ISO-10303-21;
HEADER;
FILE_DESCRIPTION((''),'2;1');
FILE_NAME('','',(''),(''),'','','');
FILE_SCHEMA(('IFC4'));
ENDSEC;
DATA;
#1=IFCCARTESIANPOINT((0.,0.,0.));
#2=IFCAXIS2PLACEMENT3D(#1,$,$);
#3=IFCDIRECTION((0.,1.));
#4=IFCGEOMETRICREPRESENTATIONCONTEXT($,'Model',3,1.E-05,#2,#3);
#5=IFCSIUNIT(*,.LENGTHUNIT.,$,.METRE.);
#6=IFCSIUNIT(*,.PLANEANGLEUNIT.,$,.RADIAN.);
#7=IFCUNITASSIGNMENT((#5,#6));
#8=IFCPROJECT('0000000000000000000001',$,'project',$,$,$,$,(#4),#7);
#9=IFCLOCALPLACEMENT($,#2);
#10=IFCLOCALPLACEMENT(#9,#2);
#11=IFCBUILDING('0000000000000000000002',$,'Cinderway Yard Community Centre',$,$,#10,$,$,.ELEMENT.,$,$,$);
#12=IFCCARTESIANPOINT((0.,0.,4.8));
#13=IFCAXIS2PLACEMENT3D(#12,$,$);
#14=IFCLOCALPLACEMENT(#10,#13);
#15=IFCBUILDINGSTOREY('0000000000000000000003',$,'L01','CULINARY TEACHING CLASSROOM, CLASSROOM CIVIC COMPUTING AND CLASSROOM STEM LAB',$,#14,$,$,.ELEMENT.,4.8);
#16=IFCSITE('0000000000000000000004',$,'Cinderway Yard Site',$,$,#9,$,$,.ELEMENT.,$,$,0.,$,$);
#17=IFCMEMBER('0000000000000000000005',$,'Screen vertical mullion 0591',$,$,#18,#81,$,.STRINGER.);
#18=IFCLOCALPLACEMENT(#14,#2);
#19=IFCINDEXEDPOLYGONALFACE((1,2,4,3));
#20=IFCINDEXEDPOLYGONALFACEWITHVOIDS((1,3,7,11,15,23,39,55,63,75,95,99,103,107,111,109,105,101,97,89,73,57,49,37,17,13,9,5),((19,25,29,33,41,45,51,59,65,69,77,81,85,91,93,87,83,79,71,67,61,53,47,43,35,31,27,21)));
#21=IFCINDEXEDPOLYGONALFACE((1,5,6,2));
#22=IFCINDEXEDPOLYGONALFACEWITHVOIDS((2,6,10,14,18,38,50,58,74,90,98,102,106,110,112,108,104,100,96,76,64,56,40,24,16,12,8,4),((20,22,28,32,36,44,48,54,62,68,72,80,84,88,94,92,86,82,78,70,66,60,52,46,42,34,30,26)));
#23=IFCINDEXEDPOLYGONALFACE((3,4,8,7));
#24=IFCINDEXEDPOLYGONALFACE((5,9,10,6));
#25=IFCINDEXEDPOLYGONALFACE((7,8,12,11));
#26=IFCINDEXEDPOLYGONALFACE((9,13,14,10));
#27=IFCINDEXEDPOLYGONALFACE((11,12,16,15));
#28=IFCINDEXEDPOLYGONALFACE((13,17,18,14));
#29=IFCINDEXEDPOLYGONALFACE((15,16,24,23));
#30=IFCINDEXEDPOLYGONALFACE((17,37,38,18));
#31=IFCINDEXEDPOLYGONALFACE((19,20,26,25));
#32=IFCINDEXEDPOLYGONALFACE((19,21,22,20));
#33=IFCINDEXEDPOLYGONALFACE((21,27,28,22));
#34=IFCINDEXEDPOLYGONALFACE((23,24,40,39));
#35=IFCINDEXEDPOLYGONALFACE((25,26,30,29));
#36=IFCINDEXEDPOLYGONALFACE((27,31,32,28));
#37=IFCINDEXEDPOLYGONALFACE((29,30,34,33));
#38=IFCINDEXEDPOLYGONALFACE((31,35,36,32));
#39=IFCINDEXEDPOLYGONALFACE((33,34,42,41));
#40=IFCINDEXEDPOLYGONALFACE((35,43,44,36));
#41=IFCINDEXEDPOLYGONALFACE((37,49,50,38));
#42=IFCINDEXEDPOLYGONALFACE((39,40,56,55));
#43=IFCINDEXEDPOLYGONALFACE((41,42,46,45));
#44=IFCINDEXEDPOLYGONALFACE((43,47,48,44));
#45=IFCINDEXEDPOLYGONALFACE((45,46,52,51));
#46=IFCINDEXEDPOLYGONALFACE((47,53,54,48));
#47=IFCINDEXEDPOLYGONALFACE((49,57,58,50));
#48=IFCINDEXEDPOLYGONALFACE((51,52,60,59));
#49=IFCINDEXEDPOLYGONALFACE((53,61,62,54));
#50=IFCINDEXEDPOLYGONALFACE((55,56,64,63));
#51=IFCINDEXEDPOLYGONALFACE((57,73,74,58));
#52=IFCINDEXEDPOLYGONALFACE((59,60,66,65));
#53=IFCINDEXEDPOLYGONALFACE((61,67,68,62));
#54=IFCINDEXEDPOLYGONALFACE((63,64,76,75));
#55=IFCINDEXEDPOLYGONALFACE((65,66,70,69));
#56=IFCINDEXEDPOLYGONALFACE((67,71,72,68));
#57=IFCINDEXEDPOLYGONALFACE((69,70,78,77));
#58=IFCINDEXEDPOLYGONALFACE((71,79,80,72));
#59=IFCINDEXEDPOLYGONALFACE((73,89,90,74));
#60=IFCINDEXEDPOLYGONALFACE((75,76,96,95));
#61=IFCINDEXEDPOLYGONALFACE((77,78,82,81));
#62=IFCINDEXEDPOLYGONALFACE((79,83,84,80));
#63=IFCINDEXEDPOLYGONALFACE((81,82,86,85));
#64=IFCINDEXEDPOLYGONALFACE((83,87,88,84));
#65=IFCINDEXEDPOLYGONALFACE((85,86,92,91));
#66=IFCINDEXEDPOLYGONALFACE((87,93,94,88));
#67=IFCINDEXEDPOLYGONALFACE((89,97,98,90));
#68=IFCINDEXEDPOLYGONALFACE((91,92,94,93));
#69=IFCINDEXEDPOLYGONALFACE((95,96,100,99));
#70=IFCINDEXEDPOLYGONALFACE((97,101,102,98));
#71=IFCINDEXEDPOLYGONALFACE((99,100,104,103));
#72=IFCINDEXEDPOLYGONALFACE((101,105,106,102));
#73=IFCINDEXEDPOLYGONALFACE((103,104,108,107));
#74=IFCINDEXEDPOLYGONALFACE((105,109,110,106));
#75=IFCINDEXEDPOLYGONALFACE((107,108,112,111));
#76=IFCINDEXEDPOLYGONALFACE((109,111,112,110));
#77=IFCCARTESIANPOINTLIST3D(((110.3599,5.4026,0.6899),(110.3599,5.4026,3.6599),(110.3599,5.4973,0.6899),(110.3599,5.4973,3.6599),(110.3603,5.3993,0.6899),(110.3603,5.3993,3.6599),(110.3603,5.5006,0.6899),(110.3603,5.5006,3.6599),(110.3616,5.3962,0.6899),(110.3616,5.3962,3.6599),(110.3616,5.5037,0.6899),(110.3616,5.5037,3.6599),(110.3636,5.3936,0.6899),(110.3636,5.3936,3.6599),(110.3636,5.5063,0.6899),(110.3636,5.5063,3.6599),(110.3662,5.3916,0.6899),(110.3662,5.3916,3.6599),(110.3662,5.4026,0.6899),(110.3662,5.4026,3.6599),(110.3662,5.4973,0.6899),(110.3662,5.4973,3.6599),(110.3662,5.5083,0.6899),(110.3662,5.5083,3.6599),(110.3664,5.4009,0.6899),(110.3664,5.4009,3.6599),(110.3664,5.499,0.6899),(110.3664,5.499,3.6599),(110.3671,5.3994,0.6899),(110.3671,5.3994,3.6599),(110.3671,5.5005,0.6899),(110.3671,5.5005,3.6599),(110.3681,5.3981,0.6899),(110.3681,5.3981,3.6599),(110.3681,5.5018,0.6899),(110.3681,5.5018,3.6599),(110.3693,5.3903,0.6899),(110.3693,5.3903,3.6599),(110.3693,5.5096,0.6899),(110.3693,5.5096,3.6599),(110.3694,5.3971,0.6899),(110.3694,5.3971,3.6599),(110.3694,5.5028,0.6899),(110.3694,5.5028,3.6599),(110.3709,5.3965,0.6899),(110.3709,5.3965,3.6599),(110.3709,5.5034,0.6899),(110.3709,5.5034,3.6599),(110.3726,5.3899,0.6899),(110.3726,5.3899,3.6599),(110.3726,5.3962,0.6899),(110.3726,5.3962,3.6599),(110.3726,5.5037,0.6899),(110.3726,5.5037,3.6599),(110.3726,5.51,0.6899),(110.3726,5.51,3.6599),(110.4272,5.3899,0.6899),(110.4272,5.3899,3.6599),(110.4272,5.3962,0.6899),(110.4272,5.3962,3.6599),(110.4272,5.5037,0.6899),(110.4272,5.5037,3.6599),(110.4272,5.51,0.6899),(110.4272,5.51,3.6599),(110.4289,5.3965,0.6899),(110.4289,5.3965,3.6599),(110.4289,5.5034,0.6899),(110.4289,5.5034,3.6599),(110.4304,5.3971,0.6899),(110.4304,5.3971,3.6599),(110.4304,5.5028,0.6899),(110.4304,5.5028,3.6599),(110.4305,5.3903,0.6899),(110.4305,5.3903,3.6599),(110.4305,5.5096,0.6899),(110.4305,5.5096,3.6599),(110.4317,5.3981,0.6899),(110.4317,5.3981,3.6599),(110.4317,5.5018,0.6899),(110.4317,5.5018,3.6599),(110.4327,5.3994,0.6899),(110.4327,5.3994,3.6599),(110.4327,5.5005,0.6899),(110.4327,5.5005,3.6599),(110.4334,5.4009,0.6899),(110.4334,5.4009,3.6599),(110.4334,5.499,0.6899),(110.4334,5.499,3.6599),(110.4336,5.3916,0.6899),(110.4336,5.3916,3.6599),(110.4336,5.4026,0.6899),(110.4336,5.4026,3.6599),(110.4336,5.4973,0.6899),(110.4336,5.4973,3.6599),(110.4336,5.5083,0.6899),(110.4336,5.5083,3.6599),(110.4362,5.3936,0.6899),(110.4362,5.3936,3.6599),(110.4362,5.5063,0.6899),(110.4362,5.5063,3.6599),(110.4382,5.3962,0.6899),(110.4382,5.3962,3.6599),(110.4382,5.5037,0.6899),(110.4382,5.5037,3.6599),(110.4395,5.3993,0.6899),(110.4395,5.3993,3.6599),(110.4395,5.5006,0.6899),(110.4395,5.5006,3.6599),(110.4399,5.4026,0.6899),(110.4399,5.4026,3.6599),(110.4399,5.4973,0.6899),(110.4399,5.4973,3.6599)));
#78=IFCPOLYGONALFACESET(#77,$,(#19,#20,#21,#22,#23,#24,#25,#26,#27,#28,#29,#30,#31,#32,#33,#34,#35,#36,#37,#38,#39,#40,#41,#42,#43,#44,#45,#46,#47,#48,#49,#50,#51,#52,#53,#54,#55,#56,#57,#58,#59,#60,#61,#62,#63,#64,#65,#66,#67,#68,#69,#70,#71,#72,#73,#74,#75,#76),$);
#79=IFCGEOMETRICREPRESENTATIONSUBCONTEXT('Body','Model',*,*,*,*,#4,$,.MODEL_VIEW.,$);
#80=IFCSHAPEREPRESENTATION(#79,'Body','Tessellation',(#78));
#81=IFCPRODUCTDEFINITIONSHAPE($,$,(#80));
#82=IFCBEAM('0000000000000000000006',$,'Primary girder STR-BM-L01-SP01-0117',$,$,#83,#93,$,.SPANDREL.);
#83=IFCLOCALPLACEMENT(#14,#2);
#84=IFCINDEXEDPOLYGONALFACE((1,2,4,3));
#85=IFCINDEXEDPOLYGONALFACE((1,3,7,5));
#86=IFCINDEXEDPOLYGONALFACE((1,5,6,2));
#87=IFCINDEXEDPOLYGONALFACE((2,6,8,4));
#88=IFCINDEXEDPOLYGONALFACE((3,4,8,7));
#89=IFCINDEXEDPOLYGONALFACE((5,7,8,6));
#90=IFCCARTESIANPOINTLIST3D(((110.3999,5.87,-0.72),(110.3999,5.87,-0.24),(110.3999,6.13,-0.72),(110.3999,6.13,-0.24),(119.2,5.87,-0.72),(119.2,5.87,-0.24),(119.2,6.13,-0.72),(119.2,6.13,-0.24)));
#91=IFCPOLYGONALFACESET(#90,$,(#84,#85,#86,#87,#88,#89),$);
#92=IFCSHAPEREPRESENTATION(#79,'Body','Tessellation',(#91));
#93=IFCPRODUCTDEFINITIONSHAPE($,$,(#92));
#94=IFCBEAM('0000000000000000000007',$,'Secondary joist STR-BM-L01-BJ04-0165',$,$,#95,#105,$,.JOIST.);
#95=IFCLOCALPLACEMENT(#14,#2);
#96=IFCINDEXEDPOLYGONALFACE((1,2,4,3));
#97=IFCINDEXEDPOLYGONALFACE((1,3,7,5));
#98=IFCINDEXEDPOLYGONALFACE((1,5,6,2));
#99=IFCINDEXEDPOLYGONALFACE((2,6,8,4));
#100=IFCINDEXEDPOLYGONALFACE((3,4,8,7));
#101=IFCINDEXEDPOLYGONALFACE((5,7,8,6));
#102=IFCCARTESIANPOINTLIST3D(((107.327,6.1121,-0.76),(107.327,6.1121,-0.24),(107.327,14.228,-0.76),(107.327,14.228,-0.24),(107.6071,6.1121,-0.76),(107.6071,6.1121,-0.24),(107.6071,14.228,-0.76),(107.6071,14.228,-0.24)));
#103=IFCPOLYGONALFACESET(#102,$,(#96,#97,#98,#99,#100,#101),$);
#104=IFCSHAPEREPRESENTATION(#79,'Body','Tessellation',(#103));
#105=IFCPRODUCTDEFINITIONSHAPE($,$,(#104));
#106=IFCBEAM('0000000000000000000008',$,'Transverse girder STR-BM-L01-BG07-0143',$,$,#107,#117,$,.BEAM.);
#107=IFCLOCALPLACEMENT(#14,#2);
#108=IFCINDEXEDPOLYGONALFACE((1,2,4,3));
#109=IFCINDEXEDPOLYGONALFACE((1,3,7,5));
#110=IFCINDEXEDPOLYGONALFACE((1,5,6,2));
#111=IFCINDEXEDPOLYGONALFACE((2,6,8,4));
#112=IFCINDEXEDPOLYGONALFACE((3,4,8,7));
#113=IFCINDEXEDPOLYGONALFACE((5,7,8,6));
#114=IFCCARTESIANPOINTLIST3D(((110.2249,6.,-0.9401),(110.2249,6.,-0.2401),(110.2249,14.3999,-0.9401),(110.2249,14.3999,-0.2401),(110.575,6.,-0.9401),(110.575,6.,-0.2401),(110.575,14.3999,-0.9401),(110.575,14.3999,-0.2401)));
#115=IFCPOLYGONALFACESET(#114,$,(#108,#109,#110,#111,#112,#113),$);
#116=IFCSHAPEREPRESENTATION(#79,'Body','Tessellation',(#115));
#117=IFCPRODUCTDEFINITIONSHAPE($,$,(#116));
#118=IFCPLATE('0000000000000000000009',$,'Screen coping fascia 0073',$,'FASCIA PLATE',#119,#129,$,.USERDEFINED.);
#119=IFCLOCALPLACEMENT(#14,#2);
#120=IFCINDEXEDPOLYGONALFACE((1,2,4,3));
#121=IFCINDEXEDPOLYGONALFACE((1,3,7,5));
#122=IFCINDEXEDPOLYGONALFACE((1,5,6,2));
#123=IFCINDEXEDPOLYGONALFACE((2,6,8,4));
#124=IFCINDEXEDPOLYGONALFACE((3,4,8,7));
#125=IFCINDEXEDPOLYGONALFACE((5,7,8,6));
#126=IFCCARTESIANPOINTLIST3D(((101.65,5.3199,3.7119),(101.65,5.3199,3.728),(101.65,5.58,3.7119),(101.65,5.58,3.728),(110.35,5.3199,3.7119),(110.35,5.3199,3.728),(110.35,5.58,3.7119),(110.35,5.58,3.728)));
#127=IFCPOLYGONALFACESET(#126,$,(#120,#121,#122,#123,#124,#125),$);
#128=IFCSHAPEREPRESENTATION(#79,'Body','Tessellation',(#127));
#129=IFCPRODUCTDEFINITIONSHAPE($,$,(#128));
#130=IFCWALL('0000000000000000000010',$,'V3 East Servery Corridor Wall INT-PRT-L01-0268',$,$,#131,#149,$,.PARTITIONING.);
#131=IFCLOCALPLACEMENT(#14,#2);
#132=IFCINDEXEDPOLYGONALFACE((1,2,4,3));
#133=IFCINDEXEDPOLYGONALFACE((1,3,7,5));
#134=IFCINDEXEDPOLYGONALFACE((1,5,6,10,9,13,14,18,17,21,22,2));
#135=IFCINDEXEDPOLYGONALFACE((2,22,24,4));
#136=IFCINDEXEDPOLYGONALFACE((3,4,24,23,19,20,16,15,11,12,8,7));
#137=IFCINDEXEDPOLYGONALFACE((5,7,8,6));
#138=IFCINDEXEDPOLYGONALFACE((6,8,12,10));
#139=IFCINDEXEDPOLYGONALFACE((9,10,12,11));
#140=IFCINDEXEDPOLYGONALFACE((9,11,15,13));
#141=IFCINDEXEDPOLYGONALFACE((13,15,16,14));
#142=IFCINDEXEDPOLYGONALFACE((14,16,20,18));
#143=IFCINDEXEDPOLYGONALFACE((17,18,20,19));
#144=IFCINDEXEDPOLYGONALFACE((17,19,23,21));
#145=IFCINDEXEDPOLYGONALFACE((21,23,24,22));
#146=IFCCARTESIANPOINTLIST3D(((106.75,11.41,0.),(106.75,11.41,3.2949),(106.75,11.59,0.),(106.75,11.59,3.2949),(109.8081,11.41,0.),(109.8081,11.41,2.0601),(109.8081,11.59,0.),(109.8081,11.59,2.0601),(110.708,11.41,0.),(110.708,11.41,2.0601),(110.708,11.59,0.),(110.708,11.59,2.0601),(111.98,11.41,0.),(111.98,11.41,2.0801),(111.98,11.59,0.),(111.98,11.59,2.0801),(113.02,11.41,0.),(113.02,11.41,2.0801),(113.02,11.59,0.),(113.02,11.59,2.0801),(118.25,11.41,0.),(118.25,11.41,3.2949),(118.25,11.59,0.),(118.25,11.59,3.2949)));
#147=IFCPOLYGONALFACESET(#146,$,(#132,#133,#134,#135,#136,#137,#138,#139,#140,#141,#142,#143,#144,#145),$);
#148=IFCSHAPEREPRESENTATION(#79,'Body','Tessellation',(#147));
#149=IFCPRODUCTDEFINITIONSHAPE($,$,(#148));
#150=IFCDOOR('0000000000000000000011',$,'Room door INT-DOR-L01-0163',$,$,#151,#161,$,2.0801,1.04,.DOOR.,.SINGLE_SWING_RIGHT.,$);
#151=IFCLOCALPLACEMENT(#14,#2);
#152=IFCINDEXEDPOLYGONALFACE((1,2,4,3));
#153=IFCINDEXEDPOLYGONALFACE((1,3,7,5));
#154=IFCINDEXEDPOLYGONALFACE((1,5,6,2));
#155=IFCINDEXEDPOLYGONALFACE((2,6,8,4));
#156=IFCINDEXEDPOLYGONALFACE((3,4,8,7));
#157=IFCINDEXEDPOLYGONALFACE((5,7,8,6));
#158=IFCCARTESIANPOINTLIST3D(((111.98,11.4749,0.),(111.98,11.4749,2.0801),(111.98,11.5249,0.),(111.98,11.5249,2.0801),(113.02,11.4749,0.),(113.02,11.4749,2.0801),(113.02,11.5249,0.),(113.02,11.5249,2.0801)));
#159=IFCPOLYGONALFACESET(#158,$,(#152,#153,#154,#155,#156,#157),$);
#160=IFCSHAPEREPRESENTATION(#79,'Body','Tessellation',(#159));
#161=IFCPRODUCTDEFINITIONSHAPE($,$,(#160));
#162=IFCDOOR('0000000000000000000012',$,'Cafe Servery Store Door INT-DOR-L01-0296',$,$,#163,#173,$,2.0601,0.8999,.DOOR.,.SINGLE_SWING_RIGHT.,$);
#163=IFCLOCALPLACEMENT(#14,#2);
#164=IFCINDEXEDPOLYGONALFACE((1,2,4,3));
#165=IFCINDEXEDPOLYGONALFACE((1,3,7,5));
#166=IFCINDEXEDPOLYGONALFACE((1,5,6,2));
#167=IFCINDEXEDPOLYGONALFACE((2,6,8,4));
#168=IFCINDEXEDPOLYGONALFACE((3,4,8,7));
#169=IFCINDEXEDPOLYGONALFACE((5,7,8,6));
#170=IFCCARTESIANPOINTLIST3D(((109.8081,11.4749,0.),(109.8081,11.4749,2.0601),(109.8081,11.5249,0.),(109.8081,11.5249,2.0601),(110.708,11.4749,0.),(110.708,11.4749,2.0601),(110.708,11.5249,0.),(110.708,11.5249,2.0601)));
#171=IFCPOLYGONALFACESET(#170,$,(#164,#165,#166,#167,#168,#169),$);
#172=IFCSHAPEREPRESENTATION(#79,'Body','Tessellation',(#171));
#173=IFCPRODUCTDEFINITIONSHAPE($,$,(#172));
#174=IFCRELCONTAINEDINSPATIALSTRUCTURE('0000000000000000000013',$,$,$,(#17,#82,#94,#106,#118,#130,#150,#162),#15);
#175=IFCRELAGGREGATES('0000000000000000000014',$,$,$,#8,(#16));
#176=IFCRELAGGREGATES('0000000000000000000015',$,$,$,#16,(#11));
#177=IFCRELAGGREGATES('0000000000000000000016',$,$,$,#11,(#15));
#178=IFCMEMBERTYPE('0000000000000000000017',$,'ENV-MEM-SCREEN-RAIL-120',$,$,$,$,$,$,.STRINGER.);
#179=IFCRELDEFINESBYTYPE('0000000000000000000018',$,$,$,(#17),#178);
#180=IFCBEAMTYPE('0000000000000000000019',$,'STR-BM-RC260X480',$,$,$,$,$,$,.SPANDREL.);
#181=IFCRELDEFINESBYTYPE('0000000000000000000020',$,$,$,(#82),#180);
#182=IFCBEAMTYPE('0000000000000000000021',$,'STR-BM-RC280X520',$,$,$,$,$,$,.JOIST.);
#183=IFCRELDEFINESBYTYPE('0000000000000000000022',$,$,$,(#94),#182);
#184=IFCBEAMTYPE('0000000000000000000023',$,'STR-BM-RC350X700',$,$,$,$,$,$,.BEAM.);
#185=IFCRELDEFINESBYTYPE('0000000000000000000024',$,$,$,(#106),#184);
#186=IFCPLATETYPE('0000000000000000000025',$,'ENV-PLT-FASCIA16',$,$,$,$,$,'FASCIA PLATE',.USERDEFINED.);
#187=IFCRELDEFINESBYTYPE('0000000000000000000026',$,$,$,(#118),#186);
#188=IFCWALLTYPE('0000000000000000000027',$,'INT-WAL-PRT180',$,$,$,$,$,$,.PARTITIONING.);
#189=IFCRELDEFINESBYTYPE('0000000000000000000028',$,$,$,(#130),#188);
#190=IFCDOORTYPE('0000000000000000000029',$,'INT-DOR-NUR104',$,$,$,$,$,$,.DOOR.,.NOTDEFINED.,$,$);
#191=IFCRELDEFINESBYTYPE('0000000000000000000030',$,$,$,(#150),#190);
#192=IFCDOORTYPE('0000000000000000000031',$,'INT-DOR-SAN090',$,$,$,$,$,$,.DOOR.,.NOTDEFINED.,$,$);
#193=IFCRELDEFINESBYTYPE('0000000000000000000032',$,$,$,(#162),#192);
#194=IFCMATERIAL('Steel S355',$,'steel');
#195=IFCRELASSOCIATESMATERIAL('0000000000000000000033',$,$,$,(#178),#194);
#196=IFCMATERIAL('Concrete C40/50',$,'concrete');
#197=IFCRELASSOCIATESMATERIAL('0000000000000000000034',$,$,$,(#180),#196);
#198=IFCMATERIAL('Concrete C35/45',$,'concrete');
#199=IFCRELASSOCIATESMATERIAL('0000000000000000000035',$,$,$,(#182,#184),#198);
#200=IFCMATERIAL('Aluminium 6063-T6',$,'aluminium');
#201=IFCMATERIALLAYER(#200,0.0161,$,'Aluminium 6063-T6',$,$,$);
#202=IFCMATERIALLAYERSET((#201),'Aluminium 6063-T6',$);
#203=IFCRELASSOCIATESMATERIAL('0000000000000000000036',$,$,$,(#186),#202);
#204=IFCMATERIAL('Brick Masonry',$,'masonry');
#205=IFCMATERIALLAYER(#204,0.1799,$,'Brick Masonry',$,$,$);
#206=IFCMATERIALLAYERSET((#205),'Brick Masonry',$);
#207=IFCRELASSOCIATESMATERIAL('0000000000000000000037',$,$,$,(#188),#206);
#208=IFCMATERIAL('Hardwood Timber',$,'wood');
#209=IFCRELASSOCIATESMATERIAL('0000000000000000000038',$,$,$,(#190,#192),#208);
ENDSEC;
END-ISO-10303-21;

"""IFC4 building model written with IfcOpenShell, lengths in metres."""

from ifc_helpers import new_model, si_unit, direction, frame, frame_2d, origin, origin_2d, place, context, subcontext, project, spatial, rectangle, hollow_rectangle, extrude, material, layer, layer_set, material_profile, profile_set, type_object, element, fill, save


model = new_model("IFC4")

# Units and contexts
model_context = context("Model", 3, precision=1e-05, world=origin(), true_north=direction((0.0, 1.0)))
body_context = subcontext(model_context, "Body", "Model", "MODEL_VIEW")
ifc_project = project(units=[si_unit("LENGTHUNIT", "METRE"), si_unit("PLANEANGLEUNIT", "RADIAN")], contexts=[model_context])

# Site, building, storey
site_placement = place(None, origin())
site = spatial("IfcSite", under=ifc_project, at=site_placement, Name="Cinderway Yard Site", CompositionType="ELEMENT", RefElevation=0.0)
building_placement = place(site_placement, origin())
building = spatial("IfcBuilding", under=site, at=building_placement, Name="Cinderway Yard Community Centre", CompositionType="ELEMENT")
storey_placement = place(building_placement, frame((0.0, 0.0, 4.8)))
storey = spatial("IfcBuildingStorey", under=building, at=storey_placement, Name="L01", Description="CULINARY TEACHING CLASSROOM, CLASSROOM CIVIC COMPUTING AND CLASSROOM STEM LAB", CompositionType="ELEMENT", Elevation=4.8)

# Shared definitions
ifc_material_1 = material(Name="Concrete C40/50", Category="concrete")

# Member
ifc_material_2 = material(Name="Steel S355", Category="steel")
ifc_material_profile_1 = material_profile(ifc_material_2, hollow_rectangle(XDim=0.0801, YDim=0.1201, WallThickness=0.0063, InnerFilletRadius=0.0063, OuterFilletRadius=0.0127, at=origin_2d()), Name="Steel S355")
ifc_profile_set_1 = profile_set([ifc_material_profile_1], Name="Steel S355")
member_type = type_object("IfcMemberType", Name="ENV-MEM-SCREEN-RAIL-120", PredefinedType="STRINGER", material=ifc_profile_set_1)
for number, where, z_axis, x_axis, name in (
    (1, (110.3999, 5.45, 0.6899), (0.0, 0.0, 1.0), (1.0, 0.0, 0.0), "Screen vertical mullion 0591"),
):
    element("IfcMember", number, at=place(storey_placement, frame(where, z_axis=z_axis, x_axis=x_axis)), inside=storey, type_object=member_type, Name=name, PredefinedType="STRINGER", context=body_context, shape_type="SweptSolid", body=[
        extrude(hollow_rectangle(XDim=0.0801, YDim=0.1201, WallThickness=0.0063, InnerFilletRadius=0.0063, OuterFilletRadius=0.0127, at=origin_2d()), origin(), (0.0, 0.0, 1.0), 2.97),
    ])

# Beams
ifc_material_profile_2 = material_profile(ifc_material_1, rectangle(XDim=0.26, YDim=0.48, at=origin_2d()), Name="Concrete C40/50")
ifc_profile_set_2 = profile_set([ifc_material_profile_2], Name="Concrete C40/50")
beam_type_1 = type_object("IfcBeamType", Name="STR-BM-RC260X480", PredefinedType="SPANDREL", material=ifc_profile_set_2)
beam_1_placement = place(storey_placement, frame((110.3999, 6.0, -0.48), z_axis=(1.0, 0.0, 0.0), x_axis=(0.0, 1.0, 0.0)))
element("IfcBeam", 2, at=beam_1_placement, inside=storey, type_object=beam_type_1, Name="Primary girder STR-BM-L01-SP01-0117", PredefinedType="SPANDREL", context=body_context, shape_type="SweptSolid", body=[
    extrude(rectangle(XDim=0.26, YDim=0.48, at=origin_2d()), origin(), (0.0, 0.0, 1.0), 8.8),
])
ifc_material_3 = material(Name="Concrete C35/45", Category="concrete")
ifc_material_profile_3 = material_profile(ifc_material_3, rectangle(XDim=0.28, YDim=0.52, at=origin_2d()), Name="Concrete C35/45")
ifc_profile_set_3 = profile_set([ifc_material_profile_3], Name="Concrete C35/45")
beam_type_2 = type_object("IfcBeamType", Name="STR-BM-RC280X520", PredefinedType="JOIST", material=ifc_profile_set_3)
beam_2_placement = place(storey_placement, frame((107.467, 6.1121, -0.5), z_axis=(0.0, 1.0, 0.0), x_axis=(-1.0, 0.0, 0.0)))
element("IfcBeam", 3, at=beam_2_placement, inside=storey, type_object=beam_type_2, Name="Secondary joist STR-BM-L01-BJ04-0165", PredefinedType="JOIST", context=body_context, shape_type="SweptSolid", body=[
    extrude(rectangle(XDim=0.28, YDim=0.52, at=origin_2d()), origin(), (0.0, 0.0, 1.0), 8.116),
])
ifc_material_profile_4 = material_profile(ifc_material_3, rectangle(XDim=0.3501, YDim=0.7, at=origin_2d()), Name="Concrete C35/45")
ifc_profile_set_4 = profile_set([ifc_material_profile_4], Name="Concrete C35/45")
beam_type_3 = type_object("IfcBeamType", Name="STR-BM-RC350X700", PredefinedType="BEAM", material=ifc_profile_set_4)
beam_3_placement = place(storey_placement, frame((110.3999, 6.0, -0.5901), z_axis=(0.0, 1.0, 0.0), x_axis=(-1.0, 0.0, 0.0)))
element("IfcBeam", 4, at=beam_3_placement, inside=storey, type_object=beam_type_3, Name="Transverse girder STR-BM-L01-BG07-0143", PredefinedType="BEAM", context=body_context, shape_type="SweptSolid", body=[
    extrude(rectangle(XDim=0.3501, YDim=0.7, at=origin_2d()), origin(), (0.0, 0.0, 1.0), 8.3999),
])

# Plate
ifc_material_4 = material(Name="Aluminium 6063-T6", Category="aluminium")
ifc_layer_1 = layer(ifc_material_4, 0.0161, Name="Aluminium 6063-T6")
ifc_layer_set_1 = layer_set([ifc_layer_1], Name="Aluminium 6063-T6")
plate_type = type_object("IfcPlateType", Name="ENV-PLT-FASCIA16", ElementType="FASCIA PLATE", PredefinedType="USERDEFINED", material=ifc_layer_set_1)
plate_placement = place(storey_placement, frame((106.0, 5.45, 3.7119), z_axis=(0.0, 0.0, 1.0), x_axis=(-1.0, 0.0, 0.0)))
element("IfcPlate", 5, at=plate_placement, inside=storey, type_object=plate_type, Name="Screen coping fascia 0073", ObjectType="FASCIA PLATE", PredefinedType="USERDEFINED", context=body_context, shape_type="SweptSolid", body=[
    extrude(rectangle(XDim=8.7, YDim=0.26, at=origin_2d()), origin(), (0.0, 0.0, 1.0), 0.0161),
])

# Wall, openings, doors
ifc_material_5 = material(Name="Brick Masonry", Category="masonry")
ifc_layer_2 = layer(ifc_material_5, 0.1799, Name="Brick Masonry")
ifc_layer_set_2 = layer_set([ifc_layer_2], Name="Brick Masonry")
wall_type = type_object("IfcWallType", Name="INT-WAL-PRT180", PredefinedType="PARTITIONING", material=ifc_layer_set_2)
wall_placement = place(storey_placement, frame((106.75, 11.5, 0.0), z_axis=(0.0, 0.0, 1.0), x_axis=(1.0, 0.0, 0.0)))
wall = element("IfcWall", 6, at=wall_placement, inside=storey, type_object=wall_type, Name="V3 East Servery Corridor Wall INT-PRT-L01-0268", PredefinedType="PARTITIONING", context=body_context, shape_type="SweptSolid", body=[
    extrude(rectangle(XDim=11.5, YDim=0.1799, at=frame_2d((5.75, 0.0))), origin(), (0.0, 0.0, 1.0), 3.2949),
])
opening_1_placement = place(wall_placement, frame((5.23, 0.0, 0.0)))
opening_1 = element("IfcOpeningElement", 7, at=opening_1_placement, cuts=wall, PredefinedType="OPENING", context=body_context, shape_type="SweptSolid", body=[
    extrude(rectangle(XDim=1.04, YDim=2.0801, at=frame_2d((0.52, 1.04))), frame((0.0, 0.0999, 0.0), z_axis=(0.0, -1.0, 0.0), x_axis=(1.0, 0.0, 0.0)), (0.0, 0.0, 1.0), 0.2),
])
opening_2_placement = place(wall_placement, frame((3.0581, 0.0, 0.0)))
opening_2 = element("IfcOpeningElement", 8, at=opening_2_placement, cuts=wall, PredefinedType="OPENING", context=body_context, shape_type="SweptSolid", body=[
    extrude(rectangle(XDim=0.8999, YDim=2.0601, at=frame_2d((0.45, 1.03))), frame((0.0, 0.0999, 0.0), z_axis=(0.0, -1.0, 0.0), x_axis=(1.0, 0.0, 0.0)), (0.0, 0.0, 1.0), 0.2),
])
ifc_material_6 = material(Name="Hardwood Timber", Category="wood")
door_type_1 = type_object("IfcDoorType", Name="INT-DOR-NUR104", OperationType="NOTDEFINED", PredefinedType="DOOR", material=ifc_material_6)
door_1_placement = place(opening_1_placement, origin())
door_1 = element("IfcDoor", 9, at=door_1_placement, inside=storey, type_object=door_type_1, Name="Room door INT-DOR-L01-0163", OperationType="SINGLE_SWING_RIGHT", OverallHeight=2.0801, OverallWidth=1.04, PredefinedType="DOOR", context=body_context, shape_type="SweptSolid", body=[
    extrude(rectangle(XDim=1.04, YDim=2.0801, at=frame_2d((0.52, 1.04))), frame((0.0, 0.0249, 0.0), z_axis=(0.0, -1.0, 0.0), x_axis=(1.0, 0.0, 0.0)), (0.0, 0.0, 1.0), 0.05),
])
fill(opening_1, door_1)
door_type_2 = type_object("IfcDoorType", Name="INT-DOR-SAN090", OperationType="NOTDEFINED", PredefinedType="DOOR", material=ifc_material_6)
door_2_placement = place(opening_2_placement, origin())
door_2 = element("IfcDoor", 10, at=door_2_placement, inside=storey, type_object=door_type_2, Name="Cafe Servery Store Door INT-DOR-L01-0296", OperationType="SINGLE_SWING_RIGHT", OverallHeight=2.0601, OverallWidth=0.8999, PredefinedType="DOOR", context=body_context, shape_type="SweptSolid", body=[
    extrude(rectangle(XDim=0.8999, YDim=2.0601, at=frame_2d((0.45, 1.03))), frame((0.0, 0.0249, 0.0), z_axis=(0.0, -1.0, 0.0), x_axis=(1.0, 0.0, 0.0)), (0.0, 0.0, 1.0), 0.05),
])
fill(opening_2, door_2)

save(model, "model.ifc")
